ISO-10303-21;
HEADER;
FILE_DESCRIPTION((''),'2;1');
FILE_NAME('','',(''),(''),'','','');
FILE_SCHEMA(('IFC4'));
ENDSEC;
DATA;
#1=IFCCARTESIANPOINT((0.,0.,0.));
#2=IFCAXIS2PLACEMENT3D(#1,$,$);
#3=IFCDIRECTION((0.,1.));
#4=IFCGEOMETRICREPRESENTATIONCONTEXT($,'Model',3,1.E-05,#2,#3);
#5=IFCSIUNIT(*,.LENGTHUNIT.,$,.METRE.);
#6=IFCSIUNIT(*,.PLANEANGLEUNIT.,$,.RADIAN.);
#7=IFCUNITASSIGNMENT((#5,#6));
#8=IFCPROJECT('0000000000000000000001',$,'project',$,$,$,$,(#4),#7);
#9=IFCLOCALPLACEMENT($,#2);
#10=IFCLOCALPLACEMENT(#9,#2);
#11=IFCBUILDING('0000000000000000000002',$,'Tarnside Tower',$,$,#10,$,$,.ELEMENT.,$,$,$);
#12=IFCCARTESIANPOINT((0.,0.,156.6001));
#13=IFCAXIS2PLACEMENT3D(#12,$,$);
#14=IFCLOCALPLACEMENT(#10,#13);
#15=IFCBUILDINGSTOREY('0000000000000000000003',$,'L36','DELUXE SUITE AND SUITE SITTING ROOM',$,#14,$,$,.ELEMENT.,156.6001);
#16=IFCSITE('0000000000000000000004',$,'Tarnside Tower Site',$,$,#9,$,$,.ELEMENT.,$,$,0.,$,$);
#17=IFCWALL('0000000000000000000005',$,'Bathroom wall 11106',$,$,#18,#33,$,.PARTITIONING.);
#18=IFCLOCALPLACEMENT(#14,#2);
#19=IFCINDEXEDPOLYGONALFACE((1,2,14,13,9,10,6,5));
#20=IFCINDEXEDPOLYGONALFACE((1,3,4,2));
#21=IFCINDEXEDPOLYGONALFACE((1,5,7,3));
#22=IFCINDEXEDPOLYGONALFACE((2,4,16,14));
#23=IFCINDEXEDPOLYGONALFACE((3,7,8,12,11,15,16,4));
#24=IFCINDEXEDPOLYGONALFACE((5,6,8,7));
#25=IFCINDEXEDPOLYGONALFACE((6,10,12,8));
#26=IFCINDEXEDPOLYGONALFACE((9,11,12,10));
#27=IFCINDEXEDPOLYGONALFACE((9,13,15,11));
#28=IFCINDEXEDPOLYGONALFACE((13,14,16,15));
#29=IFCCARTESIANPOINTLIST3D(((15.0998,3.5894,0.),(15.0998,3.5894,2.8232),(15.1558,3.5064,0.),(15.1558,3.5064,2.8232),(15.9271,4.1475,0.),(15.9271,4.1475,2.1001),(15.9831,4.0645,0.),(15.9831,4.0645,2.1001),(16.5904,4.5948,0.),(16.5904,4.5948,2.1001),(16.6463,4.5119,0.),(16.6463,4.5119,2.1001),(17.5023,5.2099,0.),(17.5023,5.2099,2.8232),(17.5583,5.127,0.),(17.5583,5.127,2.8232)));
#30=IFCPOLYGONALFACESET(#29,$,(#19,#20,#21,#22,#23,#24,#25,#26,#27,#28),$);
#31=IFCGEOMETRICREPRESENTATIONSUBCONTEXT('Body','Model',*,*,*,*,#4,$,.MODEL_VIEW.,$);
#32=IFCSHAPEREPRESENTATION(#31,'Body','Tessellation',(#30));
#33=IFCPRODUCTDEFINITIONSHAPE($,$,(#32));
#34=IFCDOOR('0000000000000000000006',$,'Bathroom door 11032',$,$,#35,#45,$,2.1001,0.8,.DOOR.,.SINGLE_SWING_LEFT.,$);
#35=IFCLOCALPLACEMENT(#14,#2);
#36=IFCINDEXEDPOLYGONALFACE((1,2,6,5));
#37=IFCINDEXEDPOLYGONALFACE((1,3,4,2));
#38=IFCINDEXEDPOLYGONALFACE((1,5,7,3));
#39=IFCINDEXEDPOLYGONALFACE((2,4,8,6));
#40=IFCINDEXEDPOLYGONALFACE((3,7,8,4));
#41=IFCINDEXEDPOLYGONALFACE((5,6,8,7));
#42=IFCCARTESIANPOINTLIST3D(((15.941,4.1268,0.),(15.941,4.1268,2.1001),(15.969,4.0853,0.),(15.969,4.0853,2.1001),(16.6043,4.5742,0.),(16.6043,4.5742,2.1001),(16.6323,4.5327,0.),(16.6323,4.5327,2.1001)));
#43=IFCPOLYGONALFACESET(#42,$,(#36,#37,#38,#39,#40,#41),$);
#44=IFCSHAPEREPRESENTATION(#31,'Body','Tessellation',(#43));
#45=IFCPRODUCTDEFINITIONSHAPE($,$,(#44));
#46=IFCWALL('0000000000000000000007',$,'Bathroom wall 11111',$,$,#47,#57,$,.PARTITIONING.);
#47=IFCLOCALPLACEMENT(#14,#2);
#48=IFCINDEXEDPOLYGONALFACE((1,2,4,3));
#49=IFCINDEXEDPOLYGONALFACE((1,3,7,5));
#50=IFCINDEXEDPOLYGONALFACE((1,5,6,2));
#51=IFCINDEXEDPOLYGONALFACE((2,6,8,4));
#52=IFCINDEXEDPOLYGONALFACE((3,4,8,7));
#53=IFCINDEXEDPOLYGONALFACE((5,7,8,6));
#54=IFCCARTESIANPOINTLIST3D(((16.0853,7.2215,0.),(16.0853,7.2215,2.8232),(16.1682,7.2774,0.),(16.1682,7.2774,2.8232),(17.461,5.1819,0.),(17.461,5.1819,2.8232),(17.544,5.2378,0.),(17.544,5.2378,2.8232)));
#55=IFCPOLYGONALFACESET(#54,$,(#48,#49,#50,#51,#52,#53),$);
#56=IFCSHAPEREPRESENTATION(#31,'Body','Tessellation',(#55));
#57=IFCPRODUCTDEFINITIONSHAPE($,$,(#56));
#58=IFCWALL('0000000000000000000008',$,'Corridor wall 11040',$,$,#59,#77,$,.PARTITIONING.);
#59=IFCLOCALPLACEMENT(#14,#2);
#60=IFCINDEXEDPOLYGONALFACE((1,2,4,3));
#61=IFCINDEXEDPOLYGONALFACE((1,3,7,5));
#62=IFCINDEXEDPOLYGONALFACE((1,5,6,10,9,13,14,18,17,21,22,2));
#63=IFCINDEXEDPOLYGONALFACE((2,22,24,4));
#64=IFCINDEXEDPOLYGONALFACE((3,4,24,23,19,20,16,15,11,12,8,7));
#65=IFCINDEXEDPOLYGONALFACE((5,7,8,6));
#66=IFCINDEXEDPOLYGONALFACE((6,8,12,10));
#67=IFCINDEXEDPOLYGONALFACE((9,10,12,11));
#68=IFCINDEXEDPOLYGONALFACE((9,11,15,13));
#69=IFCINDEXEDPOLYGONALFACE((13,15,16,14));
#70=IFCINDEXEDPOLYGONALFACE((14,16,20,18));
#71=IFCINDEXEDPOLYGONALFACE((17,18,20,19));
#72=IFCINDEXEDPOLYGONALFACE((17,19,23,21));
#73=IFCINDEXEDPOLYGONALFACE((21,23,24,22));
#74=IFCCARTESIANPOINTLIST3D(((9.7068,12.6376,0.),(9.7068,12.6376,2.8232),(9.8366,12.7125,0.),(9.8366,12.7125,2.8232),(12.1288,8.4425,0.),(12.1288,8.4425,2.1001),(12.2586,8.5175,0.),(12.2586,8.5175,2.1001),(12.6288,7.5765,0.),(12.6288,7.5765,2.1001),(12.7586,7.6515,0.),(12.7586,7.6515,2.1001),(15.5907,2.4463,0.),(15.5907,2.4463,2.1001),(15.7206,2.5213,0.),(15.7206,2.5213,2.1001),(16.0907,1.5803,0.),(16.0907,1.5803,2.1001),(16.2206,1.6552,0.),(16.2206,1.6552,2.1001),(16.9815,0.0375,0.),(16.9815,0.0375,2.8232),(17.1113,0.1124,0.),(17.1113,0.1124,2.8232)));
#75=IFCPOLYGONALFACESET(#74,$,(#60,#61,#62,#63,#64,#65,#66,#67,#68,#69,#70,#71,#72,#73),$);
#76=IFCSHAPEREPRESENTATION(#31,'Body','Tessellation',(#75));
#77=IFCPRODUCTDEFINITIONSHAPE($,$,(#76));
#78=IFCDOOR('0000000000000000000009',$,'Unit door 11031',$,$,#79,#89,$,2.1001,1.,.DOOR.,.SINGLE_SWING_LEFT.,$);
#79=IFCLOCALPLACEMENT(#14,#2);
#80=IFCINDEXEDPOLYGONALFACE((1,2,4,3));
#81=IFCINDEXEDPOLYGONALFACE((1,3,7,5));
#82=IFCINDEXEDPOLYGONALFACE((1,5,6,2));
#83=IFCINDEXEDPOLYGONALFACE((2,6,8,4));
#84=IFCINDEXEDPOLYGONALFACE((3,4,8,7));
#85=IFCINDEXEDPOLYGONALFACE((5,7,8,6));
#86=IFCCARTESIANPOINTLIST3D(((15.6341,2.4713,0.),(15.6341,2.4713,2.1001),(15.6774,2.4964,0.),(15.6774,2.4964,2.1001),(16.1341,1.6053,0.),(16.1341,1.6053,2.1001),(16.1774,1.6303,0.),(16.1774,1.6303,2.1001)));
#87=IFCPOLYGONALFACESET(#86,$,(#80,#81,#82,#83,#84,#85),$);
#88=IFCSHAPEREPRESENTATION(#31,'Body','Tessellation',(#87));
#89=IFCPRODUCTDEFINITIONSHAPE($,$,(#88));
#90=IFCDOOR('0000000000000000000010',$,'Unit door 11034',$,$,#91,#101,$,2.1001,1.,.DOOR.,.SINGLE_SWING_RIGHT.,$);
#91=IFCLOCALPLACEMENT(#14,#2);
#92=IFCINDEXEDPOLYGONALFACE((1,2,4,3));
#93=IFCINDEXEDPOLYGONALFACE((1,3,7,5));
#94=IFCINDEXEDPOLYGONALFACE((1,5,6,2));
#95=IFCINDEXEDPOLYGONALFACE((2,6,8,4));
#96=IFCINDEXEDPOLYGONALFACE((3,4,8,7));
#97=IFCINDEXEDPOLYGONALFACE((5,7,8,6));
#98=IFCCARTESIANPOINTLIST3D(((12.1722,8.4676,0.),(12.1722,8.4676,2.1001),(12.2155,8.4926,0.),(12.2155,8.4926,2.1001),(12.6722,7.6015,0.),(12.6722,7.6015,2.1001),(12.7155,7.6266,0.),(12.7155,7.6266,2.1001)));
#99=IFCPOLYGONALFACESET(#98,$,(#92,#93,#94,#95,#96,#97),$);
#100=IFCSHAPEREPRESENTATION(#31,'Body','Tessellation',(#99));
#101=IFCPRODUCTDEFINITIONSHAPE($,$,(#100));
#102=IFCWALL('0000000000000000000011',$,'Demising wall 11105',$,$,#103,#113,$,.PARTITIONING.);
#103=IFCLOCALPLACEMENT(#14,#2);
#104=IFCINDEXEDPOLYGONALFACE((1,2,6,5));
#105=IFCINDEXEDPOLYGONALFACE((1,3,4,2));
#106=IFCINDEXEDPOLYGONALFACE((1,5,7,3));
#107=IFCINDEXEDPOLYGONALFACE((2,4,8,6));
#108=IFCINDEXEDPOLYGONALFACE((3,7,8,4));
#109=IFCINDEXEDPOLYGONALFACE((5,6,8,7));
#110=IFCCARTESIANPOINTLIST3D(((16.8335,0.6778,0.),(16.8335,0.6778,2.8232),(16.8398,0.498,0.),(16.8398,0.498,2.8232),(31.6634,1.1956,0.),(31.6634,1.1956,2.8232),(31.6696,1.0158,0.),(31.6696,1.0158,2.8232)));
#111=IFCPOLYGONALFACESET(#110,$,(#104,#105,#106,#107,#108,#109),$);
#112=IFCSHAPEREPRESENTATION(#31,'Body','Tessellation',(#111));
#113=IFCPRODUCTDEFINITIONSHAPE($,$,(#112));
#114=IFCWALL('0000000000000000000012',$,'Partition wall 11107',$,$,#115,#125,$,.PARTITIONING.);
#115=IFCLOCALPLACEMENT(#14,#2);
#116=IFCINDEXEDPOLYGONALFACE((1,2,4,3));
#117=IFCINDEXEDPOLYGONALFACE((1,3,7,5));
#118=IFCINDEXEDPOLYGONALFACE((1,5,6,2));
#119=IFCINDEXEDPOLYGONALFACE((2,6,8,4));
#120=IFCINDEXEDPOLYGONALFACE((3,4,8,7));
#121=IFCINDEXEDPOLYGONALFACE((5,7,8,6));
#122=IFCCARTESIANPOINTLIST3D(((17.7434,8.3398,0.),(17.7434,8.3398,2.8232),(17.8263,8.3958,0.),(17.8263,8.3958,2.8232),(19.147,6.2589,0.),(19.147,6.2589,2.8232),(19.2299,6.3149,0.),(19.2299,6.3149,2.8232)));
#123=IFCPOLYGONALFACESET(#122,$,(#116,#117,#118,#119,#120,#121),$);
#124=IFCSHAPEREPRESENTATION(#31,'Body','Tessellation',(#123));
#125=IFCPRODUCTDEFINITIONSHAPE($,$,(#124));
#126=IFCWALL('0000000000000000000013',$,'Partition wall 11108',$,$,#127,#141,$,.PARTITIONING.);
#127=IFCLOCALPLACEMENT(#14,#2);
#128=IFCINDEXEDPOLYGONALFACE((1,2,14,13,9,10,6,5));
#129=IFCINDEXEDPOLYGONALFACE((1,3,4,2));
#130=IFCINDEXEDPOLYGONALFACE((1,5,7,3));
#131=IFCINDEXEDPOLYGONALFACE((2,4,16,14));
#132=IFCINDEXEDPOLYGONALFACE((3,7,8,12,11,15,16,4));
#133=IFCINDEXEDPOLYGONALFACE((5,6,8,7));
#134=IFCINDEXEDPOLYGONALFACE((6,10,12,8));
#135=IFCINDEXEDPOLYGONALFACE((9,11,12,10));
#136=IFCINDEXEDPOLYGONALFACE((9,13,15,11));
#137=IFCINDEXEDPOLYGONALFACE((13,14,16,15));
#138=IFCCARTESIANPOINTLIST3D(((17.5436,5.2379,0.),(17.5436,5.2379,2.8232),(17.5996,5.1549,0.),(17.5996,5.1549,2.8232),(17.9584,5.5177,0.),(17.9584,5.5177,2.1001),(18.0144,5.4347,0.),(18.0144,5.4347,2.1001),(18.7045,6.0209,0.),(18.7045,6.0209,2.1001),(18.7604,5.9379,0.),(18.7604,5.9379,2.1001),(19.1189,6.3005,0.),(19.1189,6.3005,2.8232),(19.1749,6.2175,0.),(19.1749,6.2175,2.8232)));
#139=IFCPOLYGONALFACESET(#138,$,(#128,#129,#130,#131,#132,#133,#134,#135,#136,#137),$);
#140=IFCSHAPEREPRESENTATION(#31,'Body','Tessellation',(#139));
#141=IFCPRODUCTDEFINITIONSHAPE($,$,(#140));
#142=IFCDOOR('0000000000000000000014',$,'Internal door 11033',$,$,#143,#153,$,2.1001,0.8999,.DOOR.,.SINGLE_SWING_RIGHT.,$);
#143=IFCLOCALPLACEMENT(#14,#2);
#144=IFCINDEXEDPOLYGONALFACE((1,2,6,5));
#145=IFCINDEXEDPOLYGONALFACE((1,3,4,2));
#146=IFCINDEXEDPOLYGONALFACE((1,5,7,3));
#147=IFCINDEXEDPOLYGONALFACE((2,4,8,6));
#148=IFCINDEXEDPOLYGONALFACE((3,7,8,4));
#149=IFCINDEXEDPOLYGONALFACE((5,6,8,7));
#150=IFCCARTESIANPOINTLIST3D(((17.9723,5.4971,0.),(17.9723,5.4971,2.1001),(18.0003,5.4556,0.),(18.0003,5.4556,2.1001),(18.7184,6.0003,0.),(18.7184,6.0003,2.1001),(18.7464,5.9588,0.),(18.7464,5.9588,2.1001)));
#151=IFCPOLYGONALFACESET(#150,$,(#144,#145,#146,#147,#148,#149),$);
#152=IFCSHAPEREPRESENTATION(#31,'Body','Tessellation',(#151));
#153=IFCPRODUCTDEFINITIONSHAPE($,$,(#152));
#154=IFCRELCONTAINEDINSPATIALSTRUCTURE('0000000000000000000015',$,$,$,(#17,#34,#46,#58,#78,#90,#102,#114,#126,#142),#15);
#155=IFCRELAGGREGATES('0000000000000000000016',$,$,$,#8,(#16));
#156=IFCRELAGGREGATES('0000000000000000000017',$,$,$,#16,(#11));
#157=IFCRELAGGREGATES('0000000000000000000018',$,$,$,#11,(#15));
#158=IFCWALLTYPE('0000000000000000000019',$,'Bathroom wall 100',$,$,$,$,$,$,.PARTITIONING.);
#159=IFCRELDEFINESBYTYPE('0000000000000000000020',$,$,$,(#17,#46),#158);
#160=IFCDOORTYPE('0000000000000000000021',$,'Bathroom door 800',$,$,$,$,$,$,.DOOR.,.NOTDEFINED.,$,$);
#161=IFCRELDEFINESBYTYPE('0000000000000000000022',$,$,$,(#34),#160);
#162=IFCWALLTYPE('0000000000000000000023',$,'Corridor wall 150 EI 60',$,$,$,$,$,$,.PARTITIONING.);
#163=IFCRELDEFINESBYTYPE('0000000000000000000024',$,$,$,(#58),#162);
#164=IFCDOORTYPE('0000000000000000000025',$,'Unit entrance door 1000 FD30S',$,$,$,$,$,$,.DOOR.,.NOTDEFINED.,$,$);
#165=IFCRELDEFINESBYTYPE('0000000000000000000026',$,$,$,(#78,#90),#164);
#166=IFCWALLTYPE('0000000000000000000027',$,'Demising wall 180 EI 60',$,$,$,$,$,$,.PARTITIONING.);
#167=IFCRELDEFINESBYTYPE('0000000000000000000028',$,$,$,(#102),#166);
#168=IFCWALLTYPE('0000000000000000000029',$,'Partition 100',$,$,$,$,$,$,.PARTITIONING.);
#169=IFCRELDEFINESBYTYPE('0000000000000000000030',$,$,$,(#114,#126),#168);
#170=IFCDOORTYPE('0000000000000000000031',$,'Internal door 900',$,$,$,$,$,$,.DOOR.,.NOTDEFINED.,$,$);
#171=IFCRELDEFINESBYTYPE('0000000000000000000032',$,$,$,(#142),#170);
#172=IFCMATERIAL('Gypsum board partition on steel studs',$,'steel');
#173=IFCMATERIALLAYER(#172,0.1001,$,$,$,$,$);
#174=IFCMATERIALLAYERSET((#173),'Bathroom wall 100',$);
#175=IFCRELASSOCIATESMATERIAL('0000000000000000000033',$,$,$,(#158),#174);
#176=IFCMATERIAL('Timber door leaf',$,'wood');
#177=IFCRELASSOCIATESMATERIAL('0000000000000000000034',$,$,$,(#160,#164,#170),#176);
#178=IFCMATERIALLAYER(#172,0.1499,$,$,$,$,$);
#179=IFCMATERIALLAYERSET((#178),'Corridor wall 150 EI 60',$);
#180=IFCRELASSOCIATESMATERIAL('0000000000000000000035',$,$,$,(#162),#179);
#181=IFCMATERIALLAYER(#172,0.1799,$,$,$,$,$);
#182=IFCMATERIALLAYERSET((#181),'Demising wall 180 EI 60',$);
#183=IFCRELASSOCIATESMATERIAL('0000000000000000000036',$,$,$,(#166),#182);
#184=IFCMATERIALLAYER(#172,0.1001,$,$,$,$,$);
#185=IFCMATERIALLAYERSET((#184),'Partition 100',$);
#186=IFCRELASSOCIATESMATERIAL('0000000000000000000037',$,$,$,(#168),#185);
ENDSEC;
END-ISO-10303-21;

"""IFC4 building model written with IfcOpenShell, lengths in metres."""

from ifc_helpers import new_model, si_unit, direction, frame, frame_2d, origin, place, context, subcontext, project, spatial, rectangle, extrude, material, layer, layer_set, type_object, element, fill, save


model = new_model("IFC4")

# Units and contexts
model_context = context("Model", 3, precision=1e-05, world=origin(), true_north=direction((0.0, 1.0)))
body_context = subcontext(model_context, "Body", "Model", "MODEL_VIEW")
ifc_project = project(units=[si_unit("LENGTHUNIT", "METRE"), si_unit("PLANEANGLEUNIT", "RADIAN")], contexts=[model_context])

# Site, building, storey
site_placement = place(None, origin())
site = spatial("IfcSite", under=ifc_project, at=site_placement, Name="Tarnside Tower Site", CompositionType="ELEMENT", RefElevation=0.0)
building_placement = place(site_placement, origin())
building = spatial("IfcBuilding", under=site, at=building_placement, Name="Tarnside Tower", CompositionType="ELEMENT")
storey_placement = place(building_placement, frame((0.0, 0.0, 156.6001)))
storey = spatial("IfcBuildingStorey", under=building, at=storey_placement, Name="L36", Description="DELUXE SUITE AND SUITE SITTING ROOM", CompositionType="ELEMENT", Elevation=156.6001)

# Wall, opening, door
ifc_material_1 = material(Name="Gypsum board partition on steel studs", Category="steel")
ifc_layer_1 = layer(ifc_material_1, 0.1001)
ifc_layer_set_1 = layer_set([ifc_layer_1], Name="Bathroom wall 100")
wall_type_1 = type_object("IfcWallType", Name="Bathroom wall 100", PredefinedType="PARTITIONING", material=ifc_layer_set_1)
wall_1_placement = place(storey_placement, frame((17.5303, 5.1685, 0.0), z_axis=(0.0, 0.0, 1.0), x_axis=(-0.829031, -0.559202, 0.0)))
wall_1 = element("IfcWall", 1, at=wall_1_placement, inside=storey, type_object=wall_type_1, Name="Bathroom wall 11106", PredefinedType="PARTITIONING", context=body_context, shape_type="SweptSolid", body=[
    extrude(rectangle(XDim=2.8979, YDim=0.1001, at=frame_2d((1.449, 0.0))), origin(), (0.0, 0.0, 1.0), 2.8232),
])
opening_1_placement = place(wall_1_placement, frame((1.1001, 0.0, 0.0)))
opening_1 = element("IfcOpeningElement", 2, at=opening_1_placement, cuts=wall_1, PredefinedType="OPENING", context=body_context, shape_type="SweptSolid", body=[
    extrude(rectangle(XDim=0.8, YDim=2.1001, at=frame_2d((0.3999, 1.05))), frame((0.0, 0.0601, 0.0), z_axis=(0.0, -1.0, 0.0), x_axis=(1.0, 0.0, 0.0)), (0.0, 0.0, 1.0), 0.1201),
])
ifc_material_2 = material(Name="Timber door leaf", Category="wood")
door_type_1 = type_object("IfcDoorType", Name="Bathroom door 800", OperationType="NOTDEFINED", PredefinedType="DOOR", material=ifc_material_2)
door_1_placement = place(opening_1_placement, origin())
door_1 = element("IfcDoor", 3, at=door_1_placement, inside=storey, type_object=door_type_1, Name="Bathroom door 11032", OperationType="SINGLE_SWING_LEFT", OverallHeight=2.1001, OverallWidth=0.8, PredefinedType="DOOR", context=body_context, shape_type="SweptSolid", body=[
    extrude(rectangle(XDim=0.8, YDim=2.1001, at=frame_2d((0.3999, 1.05))), frame((0.0, 0.0249, 0.0), z_axis=(0.0, -1.0, 0.0), x_axis=(1.0, 0.0, 0.0)), (0.0, 0.0, 1.0), 0.05),
])
fill(opening_1, door_1)

# Wall
wall_2_placement = place(storey_placement, frame((17.5024, 5.21, 0.0), z_axis=(0.0, 0.0, 1.0), x_axis=(-0.559204, 0.82903, 0.0)))
element("IfcWall", 4, at=wall_2_placement, inside=storey, type_object=wall_type_1, Name="Bathroom wall 11111", PredefinedType="PARTITIONING", context=body_context, shape_type="SweptSolid", body=[
    extrude(rectangle(XDim=2.4602, YDim=0.1001, at=frame_2d((1.23, 0.0))), origin(), (0.0, 0.0, 1.0), 2.8232),
])

# Wall, openings, doors
ifc_layer_2 = layer(ifc_material_1, 0.1499)
ifc_layer_set_2 = layer_set([ifc_layer_2], Name="Corridor wall 150 EI 60")
wall_type_2 = type_object("IfcWallType", Name="Corridor wall 150 EI 60", PredefinedType="PARTITIONING", material=ifc_layer_set_2)
wall_3_placement = place(storey_placement, frame((17.0464, 0.075, 0.0), z_axis=(0.0, 0.0, 1.0), x_axis=(-0.499999, 0.866026, 0.0)))
wall_3 = element("IfcWall", 5, at=wall_3_placement, inside=storey, type_object=wall_type_2, Name="Corridor wall 11040", PredefinedType="PARTITIONING", context=body_context, shape_type="SweptSolid", body=[
    extrude(rectangle(XDim=14.5493, YDim=0.1499, at=frame_2d((7.2747, 0.0))), origin(), (0.0, 0.0, 1.0), 2.8232),
])
opening_2_placement = place(wall_3_placement, frame((1.7815, 0.0, 0.0)))
opening_2 = element("IfcOpeningElement", 6, at=opening_2_placement, cuts=wall_3, PredefinedType="OPENING", context=body_context, shape_type="SweptSolid", body=[
    extrude(rectangle(XDim=1.0, YDim=2.1001, at=frame_2d((0.5, 1.05))), frame((0.0, 0.085, 0.0), z_axis=(0.0, -1.0, 0.0), x_axis=(1.0, 0.0, 0.0)), (0.0, 0.0, 1.0), 0.1699),
])
opening_3_placement = place(wall_3_placement, frame((8.7053, 0.0, 0.0)))
opening_3 = element("IfcOpeningElement", 7, at=opening_3_placement, cuts=wall_3, PredefinedType="OPENING", context=body_context, shape_type="SweptSolid", body=[
    extrude(rectangle(XDim=1.0, YDim=2.1001, at=frame_2d((0.5, 1.05))), frame((0.0, 0.085, 0.0), z_axis=(0.0, -1.0, 0.0), x_axis=(1.0, 0.0, 0.0)), (0.0, 0.0, 1.0), 0.1699),
])
door_type_2 = type_object("IfcDoorType", Name="Unit entrance door 1000 FD30S", OperationType="NOTDEFINED", PredefinedType="DOOR", material=ifc_material_2)
door_2_placement = place(opening_2_placement, origin())
door_2 = element("IfcDoor", 8, at=door_2_placement, inside=storey, type_object=door_type_2, Name="Unit door 11031", OperationType="SINGLE_SWING_LEFT", OverallHeight=2.1001, OverallWidth=1.0, PredefinedType="DOOR", context=body_context, shape_type="SweptSolid", body=[
    extrude(rectangle(XDim=1.0, YDim=2.1001, at=frame_2d((0.5, 1.05))), frame((0.0, 0.0249, 0.0), z_axis=(0.0, -1.0, 0.0), x_axis=(1.0, 0.0, 0.0)), (0.0, 0.0, 1.0), 0.05),
])
fill(opening_2, door_2)
door_3_placement = place(opening_3_placement, origin())
door_3 = element("IfcDoor", 9, at=door_3_placement, inside=storey, type_object=door_type_2, Name="Unit door 11034", OperationType="SINGLE_SWING_RIGHT", OverallHeight=2.1001, OverallWidth=1.0, PredefinedType="DOOR", context=body_context, shape_type="SweptSolid", body=[
    extrude(rectangle(XDim=1.0, YDim=2.1001, at=frame_2d((0.5, 1.05))), frame((0.0, 0.0249, 0.0), z_axis=(0.0, -1.0, 0.0), x_axis=(1.0, 0.0, 0.0)), (0.0, 0.0, 1.0), 0.05),
])
fill(opening_3, door_3)

# Walls
ifc_layer_3 = layer(ifc_material_1, 0.1799)
ifc_layer_set_3 = layer_set([ifc_layer_3], Name="Demising wall 180 EI 60")
wall_type_3 = type_object("IfcWallType", Name="Demising wall 180 EI 60", PredefinedType="PARTITIONING", material=ifc_layer_set_3)
wall_4_placement = place(storey_placement, frame((31.6665, 1.1057, 0.0), z_axis=(0.0, 0.0, 1.0), x_axis=(-0.999391, -0.034896, 0.0)))
element("IfcWall", 10, at=wall_4_placement, inside=storey, type_object=wall_type_3, Name="Demising wall 11105", PredefinedType="PARTITIONING", context=body_context, shape_type="SweptSolid", body=[
    extrude(rectangle(XDim=14.8389, YDim=0.1799, at=frame_2d((7.4194, 0.0))), origin(), (0.0, 0.0, 1.0), 2.8232),
])
ifc_layer_4 = layer(ifc_material_1, 0.1001)
ifc_layer_set_4 = layer_set([ifc_layer_4], Name="Partition 100")
wall_type_4 = type_object("IfcWallType", Name="Partition 100", PredefinedType="PARTITIONING", material=ifc_layer_set_4)
wall_5_placement = place(storey_placement, frame((17.7849, 8.3677, 0.0), z_axis=(0.0, 0.0, 1.0), x_axis=(0.559204, -0.82903, 0.0)))
element("IfcWall", 11, at=wall_5_placement, inside=storey, type_object=wall_type_4, Name="Partition wall 11107", PredefinedType="PARTITIONING", context=body_context, shape_type="SweptSolid", body=[
    extrude(rectangle(XDim=2.51, YDim=0.1001, at=frame_2d((1.2549, 0.0))), origin(), (0.0, 0.0, 1.0), 2.8232),
])

# Wall, opening, door
wall_6_placement = place(storey_placement, frame((19.147, 6.259, 0.0), z_axis=(0.0, 0.0, 1.0), x_axis=(-0.829033, -0.559199, 0.0)))
wall_6 = element("IfcWall", 12, at=wall_6_placement, inside=storey, type_object=wall_type_4, Name="Partition wall 11108", PredefinedType="PARTITIONING", context=body_context, shape_type="SweptSolid", body=[
    extrude(rectangle(XDim=1.9001, YDim=0.1001, at=frame_2d((0.9502, 0.0))), origin(), (0.0, 0.0, 1.0), 2.8232),
])
opening_4_placement = place(wall_6_placement, frame((0.5, 0.0, 0.0)))
opening_4 = element("IfcOpeningElement", 13, at=opening_4_placement, cuts=wall_6, PredefinedType="OPENING", context=body_context, shape_type="SweptSolid", body=[
    extrude(rectangle(XDim=0.8999, YDim=2.1001, at=frame_2d((0.45, 1.05))), frame((0.0, 0.0601, 0.0), z_axis=(0.0, -1.0, 0.0), x_axis=(1.0, 0.0, 0.0)), (0.0, 0.0, 1.0), 0.1201),
])
door_type_3 = type_object("IfcDoorType", Name="Internal door 900", OperationType="NOTDEFINED", PredefinedType="DOOR", material=ifc_material_2)
door_4_placement = place(opening_4_placement, origin())
door_4 = element("IfcDoor", 14, at=door_4_placement, inside=storey, type_object=door_type_3, Name="Internal door 11033", OperationType="SINGLE_SWING_RIGHT", OverallHeight=2.1001, OverallWidth=0.8999, PredefinedType="DOOR", context=body_context, shape_type="SweptSolid", body=[
    extrude(rectangle(XDim=0.8999, YDim=2.1001, at=frame_2d((0.45, 1.05))), frame((0.0, 0.0249, 0.0), z_axis=(0.0, -1.0, 0.0), x_axis=(1.0, 0.0, 0.0)), (0.0, 0.0, 1.0), 0.05),
])
fill(opening_4, door_4)

save(model, "model.ifc")
